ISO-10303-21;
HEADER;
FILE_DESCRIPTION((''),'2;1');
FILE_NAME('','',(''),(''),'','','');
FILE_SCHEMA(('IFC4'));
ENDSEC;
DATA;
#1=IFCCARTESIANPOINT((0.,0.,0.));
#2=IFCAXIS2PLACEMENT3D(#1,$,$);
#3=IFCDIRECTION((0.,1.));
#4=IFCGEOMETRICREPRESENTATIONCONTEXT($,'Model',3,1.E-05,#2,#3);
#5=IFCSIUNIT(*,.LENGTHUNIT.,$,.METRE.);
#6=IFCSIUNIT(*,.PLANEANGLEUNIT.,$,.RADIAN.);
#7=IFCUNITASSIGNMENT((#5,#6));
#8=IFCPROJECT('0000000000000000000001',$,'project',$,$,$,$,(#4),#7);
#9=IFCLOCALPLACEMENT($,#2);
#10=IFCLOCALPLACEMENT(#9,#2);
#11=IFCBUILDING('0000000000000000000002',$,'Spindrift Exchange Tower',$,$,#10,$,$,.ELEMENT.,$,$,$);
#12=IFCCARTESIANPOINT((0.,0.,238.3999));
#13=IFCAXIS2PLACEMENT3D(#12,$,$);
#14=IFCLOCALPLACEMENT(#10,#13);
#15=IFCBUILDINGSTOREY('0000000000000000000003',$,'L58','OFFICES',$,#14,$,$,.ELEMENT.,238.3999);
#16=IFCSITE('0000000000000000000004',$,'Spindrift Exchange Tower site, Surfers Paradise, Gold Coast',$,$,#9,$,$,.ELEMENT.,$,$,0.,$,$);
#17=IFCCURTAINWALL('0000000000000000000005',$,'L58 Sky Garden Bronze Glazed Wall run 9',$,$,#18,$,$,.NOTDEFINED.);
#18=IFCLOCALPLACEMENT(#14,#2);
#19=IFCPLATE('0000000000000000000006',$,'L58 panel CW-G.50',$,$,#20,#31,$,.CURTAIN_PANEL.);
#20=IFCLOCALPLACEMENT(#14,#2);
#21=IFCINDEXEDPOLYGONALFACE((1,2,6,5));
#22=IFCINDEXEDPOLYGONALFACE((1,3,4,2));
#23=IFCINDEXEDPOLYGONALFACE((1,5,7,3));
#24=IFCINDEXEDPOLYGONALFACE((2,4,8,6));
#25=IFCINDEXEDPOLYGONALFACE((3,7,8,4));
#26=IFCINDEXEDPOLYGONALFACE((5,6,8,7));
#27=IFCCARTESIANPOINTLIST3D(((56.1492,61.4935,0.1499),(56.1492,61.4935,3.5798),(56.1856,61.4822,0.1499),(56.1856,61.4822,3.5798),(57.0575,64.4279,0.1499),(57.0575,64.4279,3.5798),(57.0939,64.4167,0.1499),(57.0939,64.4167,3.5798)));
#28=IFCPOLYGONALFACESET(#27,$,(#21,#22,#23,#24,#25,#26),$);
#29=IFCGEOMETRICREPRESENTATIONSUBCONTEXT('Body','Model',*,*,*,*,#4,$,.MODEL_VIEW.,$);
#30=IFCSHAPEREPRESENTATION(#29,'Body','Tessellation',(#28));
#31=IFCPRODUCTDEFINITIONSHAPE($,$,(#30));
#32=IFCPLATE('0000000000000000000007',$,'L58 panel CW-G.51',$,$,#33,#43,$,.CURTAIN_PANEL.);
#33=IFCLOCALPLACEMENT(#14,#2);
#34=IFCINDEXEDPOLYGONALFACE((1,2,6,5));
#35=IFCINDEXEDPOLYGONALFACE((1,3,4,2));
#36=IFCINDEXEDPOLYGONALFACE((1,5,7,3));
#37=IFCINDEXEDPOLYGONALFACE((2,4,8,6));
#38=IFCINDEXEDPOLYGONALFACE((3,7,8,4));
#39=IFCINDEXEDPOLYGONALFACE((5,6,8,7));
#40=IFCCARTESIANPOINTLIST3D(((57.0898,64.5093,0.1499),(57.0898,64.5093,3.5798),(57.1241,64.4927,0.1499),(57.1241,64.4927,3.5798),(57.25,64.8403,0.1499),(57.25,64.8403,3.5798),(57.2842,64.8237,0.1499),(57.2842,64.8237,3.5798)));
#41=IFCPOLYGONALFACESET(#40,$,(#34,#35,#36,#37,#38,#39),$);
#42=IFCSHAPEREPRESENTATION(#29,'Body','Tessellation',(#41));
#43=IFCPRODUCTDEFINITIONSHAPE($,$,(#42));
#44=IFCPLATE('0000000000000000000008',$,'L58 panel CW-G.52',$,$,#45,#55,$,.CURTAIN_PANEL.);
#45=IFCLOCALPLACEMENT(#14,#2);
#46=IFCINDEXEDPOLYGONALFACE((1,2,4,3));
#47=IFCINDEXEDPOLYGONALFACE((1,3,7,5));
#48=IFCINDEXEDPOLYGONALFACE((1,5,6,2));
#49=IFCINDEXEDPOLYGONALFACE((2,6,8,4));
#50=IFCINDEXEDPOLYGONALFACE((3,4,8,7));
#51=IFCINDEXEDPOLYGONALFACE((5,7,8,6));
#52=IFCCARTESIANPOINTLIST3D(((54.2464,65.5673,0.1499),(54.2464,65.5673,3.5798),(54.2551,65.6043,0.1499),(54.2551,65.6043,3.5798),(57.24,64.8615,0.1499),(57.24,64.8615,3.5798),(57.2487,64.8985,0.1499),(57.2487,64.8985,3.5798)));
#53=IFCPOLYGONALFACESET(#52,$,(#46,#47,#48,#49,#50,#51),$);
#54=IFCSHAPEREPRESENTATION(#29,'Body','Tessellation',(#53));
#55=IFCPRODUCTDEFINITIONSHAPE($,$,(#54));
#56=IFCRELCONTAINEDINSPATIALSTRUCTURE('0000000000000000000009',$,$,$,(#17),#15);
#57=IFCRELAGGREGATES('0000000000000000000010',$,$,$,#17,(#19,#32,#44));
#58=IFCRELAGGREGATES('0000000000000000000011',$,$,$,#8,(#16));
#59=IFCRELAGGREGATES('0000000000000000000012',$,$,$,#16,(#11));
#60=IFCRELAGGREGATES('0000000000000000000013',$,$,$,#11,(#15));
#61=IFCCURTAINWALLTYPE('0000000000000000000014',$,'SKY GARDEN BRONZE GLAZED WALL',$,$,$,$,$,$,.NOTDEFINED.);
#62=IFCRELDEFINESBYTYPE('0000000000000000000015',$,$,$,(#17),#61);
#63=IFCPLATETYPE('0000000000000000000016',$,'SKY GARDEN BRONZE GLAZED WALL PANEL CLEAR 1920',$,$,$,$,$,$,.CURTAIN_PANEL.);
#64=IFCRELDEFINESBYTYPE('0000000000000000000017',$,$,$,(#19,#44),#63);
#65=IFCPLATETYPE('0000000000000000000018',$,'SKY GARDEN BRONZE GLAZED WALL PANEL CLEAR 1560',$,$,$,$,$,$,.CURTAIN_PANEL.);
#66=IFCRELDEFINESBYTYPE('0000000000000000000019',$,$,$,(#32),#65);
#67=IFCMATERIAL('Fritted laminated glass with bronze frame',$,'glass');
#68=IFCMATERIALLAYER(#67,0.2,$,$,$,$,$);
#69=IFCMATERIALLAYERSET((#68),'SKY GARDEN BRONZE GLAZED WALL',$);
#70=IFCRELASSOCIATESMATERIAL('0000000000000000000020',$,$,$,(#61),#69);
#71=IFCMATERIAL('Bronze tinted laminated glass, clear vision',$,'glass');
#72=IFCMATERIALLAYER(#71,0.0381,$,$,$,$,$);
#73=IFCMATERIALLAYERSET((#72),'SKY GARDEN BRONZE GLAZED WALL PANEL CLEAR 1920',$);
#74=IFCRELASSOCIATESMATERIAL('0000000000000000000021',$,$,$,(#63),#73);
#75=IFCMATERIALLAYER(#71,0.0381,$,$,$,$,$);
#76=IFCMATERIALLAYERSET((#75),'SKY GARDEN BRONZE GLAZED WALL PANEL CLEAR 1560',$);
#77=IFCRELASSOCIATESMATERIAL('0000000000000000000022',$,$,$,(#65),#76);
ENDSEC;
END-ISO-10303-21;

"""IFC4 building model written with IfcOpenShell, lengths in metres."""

from ifc_helpers import new_model, si_unit, direction, frame, origin, origin_2d, place, context, subcontext, project, spatial, rectangle, extrude, source, transform, mapped, material, layer, layer_set, type_object, element, aggregate, save


model = new_model("IFC4")

# Units and contexts
model_context = context("Model", 3, precision=1e-05, world=origin(), true_north=direction((0.0, 1.0)))
body_context = subcontext(model_context, "Body", "Model", "MODEL_VIEW")
ifc_project = project(units=[si_unit("LENGTHUNIT", "METRE"), si_unit("PLANEANGLEUNIT", "RADIAN")], contexts=[model_context])

# Site, building, storey
site_placement = place(None, origin())
site = spatial("IfcSite", under=ifc_project, at=site_placement, Name="Spindrift Exchange Tower site, Surfers Paradise, Gold Coast", CompositionType="ELEMENT", RefElevation=0.0)
building_placement = place(site_placement, origin())
building = spatial("IfcBuilding", under=site, at=building_placement, Name="Spindrift Exchange Tower", CompositionType="ELEMENT")
storey_placement = place(building_placement, frame((0.0, 0.0, 238.3999)))
storey = spatial("IfcBuildingStorey", under=building, at=storey_placement, Name="L58", Description="OFFICES", CompositionType="ELEMENT", Elevation=238.3999)

# Curtain wall
ifc_material_1 = material(Name="Fritted laminated glass with bronze frame", Category="glass")
ifc_layer_1 = layer(ifc_material_1, 0.2)
ifc_layer_set_1 = layer_set([ifc_layer_1], Name="SKY GARDEN BRONZE GLAZED WALL")
curtain_wall_type = type_object("IfcCurtainWallType", Name="SKY GARDEN BRONZE GLAZED WALL", PredefinedType="NOTDEFINED", material=ifc_layer_set_1)
curtain_wall_1_placement = place(storey_placement, origin())
curtain_wall_1 = element("IfcCurtainWall", 1, at=curtain_wall_1_placement, inside=storey, type_object=curtain_wall_type, Name="L58 Sky Garden Bronze Glazed Wall run 9", PredefinedType="NOTDEFINED")
ifc_material_2 = material(Name="Bronze tinted laminated glass, clear vision", Category="glass")
ifc_layer_2 = layer(ifc_material_2, 0.0381)
ifc_layer_set_2 = layer_set([ifc_layer_2], Name="SKY GARDEN BRONZE GLAZED WALL PANEL CLEAR 1920")
plate_type_1 = type_object("IfcPlateType", Name="SKY GARDEN BRONZE GLAZED WALL PANEL CLEAR 1920", PredefinedType="CURTAIN_PANEL", material=ifc_layer_set_2)

# Plates
ifc_layer_3 = layer(ifc_material_2, 0.0381)
ifc_layer_set_3 = layer_set([ifc_layer_3], Name="SKY GARDEN BRONZE GLAZED WALL PANEL CLEAR 1560")
plate_type_2 = type_object("IfcPlateType", Name="SKY GARDEN BRONZE GLAZED WALL PANEL CLEAR 1560", PredefinedType="CURTAIN_PANEL", material=ifc_layer_set_3)
shared_shape_1 = source(origin(), body_context, "Body", "SweptSolid", [
    extrude(rectangle(XDim=3.0718, YDim=0.0381, at=origin_2d()), origin(), (0.0, 0.0, 1.0), 3.4299),
])
plate_1_placement = place(storey_placement, frame((56.6216, 62.9551, 0.1499), z_axis=(0.0, 0.0, 1.0), x_axis=(0.295693, 0.955283, 0.0)))
plate_1 = element("IfcPlate", 2, at=plate_1_placement, type_object=plate_type_1, Name="L58 panel CW-G.50", PredefinedType="CURTAIN_PANEL", context=body_context, shape_type="MappedRepresentation", body=[
    mapped(shared_shape_1, transform((0.0, 0.0, 0.0), scale=1.0)),
])
shared_shape_2 = source(origin(), body_context, "Body", "SweptSolid", [
    extrude(rectangle(XDim=0.3677, YDim=0.0381, at=origin_2d()), origin(), (0.0, 0.0, 1.0), 3.4299),
])
plate_2_placement = place(storey_placement, frame((57.187, 64.6665, 0.1499), z_axis=(0.0, 0.0, 1.0), x_axis=(0.435688, 0.900098, 0.0)))
plate_2 = element("IfcPlate", 3, at=plate_2_placement, type_object=plate_type_2, Name="L58 panel CW-G.51", PredefinedType="CURTAIN_PANEL", context=body_context, shape_type="MappedRepresentation", body=[
    mapped(shared_shape_2, transform((0.0, 0.0, 0.0), scale=1.0)),
])
shared_shape_3 = source(origin(), body_context, "Body", "SweptSolid", [
    extrude(rectangle(XDim=3.0757, YDim=0.0381, at=origin_2d()), origin(), (0.0, 0.0, 1.0), 3.4299),
])
plate_3_placement = place(storey_placement, frame((55.7476, 65.2329, 0.1499), z_axis=(0.0, 0.0, 1.0), x_axis=(-0.973314, 0.229479, 0.0)))
plate_3 = element("IfcPlate", 4, at=plate_3_placement, type_object=plate_type_1, Name="L58 panel CW-G.52", PredefinedType="CURTAIN_PANEL", context=body_context, shape_type="MappedRepresentation", body=[
    mapped(shared_shape_3, transform((0.0, 0.0, 0.0), scale=1.0)),
])
aggregate(curtain_wall_1, [plate_1, plate_2, plate_3])

save(model, "model.ifc")
